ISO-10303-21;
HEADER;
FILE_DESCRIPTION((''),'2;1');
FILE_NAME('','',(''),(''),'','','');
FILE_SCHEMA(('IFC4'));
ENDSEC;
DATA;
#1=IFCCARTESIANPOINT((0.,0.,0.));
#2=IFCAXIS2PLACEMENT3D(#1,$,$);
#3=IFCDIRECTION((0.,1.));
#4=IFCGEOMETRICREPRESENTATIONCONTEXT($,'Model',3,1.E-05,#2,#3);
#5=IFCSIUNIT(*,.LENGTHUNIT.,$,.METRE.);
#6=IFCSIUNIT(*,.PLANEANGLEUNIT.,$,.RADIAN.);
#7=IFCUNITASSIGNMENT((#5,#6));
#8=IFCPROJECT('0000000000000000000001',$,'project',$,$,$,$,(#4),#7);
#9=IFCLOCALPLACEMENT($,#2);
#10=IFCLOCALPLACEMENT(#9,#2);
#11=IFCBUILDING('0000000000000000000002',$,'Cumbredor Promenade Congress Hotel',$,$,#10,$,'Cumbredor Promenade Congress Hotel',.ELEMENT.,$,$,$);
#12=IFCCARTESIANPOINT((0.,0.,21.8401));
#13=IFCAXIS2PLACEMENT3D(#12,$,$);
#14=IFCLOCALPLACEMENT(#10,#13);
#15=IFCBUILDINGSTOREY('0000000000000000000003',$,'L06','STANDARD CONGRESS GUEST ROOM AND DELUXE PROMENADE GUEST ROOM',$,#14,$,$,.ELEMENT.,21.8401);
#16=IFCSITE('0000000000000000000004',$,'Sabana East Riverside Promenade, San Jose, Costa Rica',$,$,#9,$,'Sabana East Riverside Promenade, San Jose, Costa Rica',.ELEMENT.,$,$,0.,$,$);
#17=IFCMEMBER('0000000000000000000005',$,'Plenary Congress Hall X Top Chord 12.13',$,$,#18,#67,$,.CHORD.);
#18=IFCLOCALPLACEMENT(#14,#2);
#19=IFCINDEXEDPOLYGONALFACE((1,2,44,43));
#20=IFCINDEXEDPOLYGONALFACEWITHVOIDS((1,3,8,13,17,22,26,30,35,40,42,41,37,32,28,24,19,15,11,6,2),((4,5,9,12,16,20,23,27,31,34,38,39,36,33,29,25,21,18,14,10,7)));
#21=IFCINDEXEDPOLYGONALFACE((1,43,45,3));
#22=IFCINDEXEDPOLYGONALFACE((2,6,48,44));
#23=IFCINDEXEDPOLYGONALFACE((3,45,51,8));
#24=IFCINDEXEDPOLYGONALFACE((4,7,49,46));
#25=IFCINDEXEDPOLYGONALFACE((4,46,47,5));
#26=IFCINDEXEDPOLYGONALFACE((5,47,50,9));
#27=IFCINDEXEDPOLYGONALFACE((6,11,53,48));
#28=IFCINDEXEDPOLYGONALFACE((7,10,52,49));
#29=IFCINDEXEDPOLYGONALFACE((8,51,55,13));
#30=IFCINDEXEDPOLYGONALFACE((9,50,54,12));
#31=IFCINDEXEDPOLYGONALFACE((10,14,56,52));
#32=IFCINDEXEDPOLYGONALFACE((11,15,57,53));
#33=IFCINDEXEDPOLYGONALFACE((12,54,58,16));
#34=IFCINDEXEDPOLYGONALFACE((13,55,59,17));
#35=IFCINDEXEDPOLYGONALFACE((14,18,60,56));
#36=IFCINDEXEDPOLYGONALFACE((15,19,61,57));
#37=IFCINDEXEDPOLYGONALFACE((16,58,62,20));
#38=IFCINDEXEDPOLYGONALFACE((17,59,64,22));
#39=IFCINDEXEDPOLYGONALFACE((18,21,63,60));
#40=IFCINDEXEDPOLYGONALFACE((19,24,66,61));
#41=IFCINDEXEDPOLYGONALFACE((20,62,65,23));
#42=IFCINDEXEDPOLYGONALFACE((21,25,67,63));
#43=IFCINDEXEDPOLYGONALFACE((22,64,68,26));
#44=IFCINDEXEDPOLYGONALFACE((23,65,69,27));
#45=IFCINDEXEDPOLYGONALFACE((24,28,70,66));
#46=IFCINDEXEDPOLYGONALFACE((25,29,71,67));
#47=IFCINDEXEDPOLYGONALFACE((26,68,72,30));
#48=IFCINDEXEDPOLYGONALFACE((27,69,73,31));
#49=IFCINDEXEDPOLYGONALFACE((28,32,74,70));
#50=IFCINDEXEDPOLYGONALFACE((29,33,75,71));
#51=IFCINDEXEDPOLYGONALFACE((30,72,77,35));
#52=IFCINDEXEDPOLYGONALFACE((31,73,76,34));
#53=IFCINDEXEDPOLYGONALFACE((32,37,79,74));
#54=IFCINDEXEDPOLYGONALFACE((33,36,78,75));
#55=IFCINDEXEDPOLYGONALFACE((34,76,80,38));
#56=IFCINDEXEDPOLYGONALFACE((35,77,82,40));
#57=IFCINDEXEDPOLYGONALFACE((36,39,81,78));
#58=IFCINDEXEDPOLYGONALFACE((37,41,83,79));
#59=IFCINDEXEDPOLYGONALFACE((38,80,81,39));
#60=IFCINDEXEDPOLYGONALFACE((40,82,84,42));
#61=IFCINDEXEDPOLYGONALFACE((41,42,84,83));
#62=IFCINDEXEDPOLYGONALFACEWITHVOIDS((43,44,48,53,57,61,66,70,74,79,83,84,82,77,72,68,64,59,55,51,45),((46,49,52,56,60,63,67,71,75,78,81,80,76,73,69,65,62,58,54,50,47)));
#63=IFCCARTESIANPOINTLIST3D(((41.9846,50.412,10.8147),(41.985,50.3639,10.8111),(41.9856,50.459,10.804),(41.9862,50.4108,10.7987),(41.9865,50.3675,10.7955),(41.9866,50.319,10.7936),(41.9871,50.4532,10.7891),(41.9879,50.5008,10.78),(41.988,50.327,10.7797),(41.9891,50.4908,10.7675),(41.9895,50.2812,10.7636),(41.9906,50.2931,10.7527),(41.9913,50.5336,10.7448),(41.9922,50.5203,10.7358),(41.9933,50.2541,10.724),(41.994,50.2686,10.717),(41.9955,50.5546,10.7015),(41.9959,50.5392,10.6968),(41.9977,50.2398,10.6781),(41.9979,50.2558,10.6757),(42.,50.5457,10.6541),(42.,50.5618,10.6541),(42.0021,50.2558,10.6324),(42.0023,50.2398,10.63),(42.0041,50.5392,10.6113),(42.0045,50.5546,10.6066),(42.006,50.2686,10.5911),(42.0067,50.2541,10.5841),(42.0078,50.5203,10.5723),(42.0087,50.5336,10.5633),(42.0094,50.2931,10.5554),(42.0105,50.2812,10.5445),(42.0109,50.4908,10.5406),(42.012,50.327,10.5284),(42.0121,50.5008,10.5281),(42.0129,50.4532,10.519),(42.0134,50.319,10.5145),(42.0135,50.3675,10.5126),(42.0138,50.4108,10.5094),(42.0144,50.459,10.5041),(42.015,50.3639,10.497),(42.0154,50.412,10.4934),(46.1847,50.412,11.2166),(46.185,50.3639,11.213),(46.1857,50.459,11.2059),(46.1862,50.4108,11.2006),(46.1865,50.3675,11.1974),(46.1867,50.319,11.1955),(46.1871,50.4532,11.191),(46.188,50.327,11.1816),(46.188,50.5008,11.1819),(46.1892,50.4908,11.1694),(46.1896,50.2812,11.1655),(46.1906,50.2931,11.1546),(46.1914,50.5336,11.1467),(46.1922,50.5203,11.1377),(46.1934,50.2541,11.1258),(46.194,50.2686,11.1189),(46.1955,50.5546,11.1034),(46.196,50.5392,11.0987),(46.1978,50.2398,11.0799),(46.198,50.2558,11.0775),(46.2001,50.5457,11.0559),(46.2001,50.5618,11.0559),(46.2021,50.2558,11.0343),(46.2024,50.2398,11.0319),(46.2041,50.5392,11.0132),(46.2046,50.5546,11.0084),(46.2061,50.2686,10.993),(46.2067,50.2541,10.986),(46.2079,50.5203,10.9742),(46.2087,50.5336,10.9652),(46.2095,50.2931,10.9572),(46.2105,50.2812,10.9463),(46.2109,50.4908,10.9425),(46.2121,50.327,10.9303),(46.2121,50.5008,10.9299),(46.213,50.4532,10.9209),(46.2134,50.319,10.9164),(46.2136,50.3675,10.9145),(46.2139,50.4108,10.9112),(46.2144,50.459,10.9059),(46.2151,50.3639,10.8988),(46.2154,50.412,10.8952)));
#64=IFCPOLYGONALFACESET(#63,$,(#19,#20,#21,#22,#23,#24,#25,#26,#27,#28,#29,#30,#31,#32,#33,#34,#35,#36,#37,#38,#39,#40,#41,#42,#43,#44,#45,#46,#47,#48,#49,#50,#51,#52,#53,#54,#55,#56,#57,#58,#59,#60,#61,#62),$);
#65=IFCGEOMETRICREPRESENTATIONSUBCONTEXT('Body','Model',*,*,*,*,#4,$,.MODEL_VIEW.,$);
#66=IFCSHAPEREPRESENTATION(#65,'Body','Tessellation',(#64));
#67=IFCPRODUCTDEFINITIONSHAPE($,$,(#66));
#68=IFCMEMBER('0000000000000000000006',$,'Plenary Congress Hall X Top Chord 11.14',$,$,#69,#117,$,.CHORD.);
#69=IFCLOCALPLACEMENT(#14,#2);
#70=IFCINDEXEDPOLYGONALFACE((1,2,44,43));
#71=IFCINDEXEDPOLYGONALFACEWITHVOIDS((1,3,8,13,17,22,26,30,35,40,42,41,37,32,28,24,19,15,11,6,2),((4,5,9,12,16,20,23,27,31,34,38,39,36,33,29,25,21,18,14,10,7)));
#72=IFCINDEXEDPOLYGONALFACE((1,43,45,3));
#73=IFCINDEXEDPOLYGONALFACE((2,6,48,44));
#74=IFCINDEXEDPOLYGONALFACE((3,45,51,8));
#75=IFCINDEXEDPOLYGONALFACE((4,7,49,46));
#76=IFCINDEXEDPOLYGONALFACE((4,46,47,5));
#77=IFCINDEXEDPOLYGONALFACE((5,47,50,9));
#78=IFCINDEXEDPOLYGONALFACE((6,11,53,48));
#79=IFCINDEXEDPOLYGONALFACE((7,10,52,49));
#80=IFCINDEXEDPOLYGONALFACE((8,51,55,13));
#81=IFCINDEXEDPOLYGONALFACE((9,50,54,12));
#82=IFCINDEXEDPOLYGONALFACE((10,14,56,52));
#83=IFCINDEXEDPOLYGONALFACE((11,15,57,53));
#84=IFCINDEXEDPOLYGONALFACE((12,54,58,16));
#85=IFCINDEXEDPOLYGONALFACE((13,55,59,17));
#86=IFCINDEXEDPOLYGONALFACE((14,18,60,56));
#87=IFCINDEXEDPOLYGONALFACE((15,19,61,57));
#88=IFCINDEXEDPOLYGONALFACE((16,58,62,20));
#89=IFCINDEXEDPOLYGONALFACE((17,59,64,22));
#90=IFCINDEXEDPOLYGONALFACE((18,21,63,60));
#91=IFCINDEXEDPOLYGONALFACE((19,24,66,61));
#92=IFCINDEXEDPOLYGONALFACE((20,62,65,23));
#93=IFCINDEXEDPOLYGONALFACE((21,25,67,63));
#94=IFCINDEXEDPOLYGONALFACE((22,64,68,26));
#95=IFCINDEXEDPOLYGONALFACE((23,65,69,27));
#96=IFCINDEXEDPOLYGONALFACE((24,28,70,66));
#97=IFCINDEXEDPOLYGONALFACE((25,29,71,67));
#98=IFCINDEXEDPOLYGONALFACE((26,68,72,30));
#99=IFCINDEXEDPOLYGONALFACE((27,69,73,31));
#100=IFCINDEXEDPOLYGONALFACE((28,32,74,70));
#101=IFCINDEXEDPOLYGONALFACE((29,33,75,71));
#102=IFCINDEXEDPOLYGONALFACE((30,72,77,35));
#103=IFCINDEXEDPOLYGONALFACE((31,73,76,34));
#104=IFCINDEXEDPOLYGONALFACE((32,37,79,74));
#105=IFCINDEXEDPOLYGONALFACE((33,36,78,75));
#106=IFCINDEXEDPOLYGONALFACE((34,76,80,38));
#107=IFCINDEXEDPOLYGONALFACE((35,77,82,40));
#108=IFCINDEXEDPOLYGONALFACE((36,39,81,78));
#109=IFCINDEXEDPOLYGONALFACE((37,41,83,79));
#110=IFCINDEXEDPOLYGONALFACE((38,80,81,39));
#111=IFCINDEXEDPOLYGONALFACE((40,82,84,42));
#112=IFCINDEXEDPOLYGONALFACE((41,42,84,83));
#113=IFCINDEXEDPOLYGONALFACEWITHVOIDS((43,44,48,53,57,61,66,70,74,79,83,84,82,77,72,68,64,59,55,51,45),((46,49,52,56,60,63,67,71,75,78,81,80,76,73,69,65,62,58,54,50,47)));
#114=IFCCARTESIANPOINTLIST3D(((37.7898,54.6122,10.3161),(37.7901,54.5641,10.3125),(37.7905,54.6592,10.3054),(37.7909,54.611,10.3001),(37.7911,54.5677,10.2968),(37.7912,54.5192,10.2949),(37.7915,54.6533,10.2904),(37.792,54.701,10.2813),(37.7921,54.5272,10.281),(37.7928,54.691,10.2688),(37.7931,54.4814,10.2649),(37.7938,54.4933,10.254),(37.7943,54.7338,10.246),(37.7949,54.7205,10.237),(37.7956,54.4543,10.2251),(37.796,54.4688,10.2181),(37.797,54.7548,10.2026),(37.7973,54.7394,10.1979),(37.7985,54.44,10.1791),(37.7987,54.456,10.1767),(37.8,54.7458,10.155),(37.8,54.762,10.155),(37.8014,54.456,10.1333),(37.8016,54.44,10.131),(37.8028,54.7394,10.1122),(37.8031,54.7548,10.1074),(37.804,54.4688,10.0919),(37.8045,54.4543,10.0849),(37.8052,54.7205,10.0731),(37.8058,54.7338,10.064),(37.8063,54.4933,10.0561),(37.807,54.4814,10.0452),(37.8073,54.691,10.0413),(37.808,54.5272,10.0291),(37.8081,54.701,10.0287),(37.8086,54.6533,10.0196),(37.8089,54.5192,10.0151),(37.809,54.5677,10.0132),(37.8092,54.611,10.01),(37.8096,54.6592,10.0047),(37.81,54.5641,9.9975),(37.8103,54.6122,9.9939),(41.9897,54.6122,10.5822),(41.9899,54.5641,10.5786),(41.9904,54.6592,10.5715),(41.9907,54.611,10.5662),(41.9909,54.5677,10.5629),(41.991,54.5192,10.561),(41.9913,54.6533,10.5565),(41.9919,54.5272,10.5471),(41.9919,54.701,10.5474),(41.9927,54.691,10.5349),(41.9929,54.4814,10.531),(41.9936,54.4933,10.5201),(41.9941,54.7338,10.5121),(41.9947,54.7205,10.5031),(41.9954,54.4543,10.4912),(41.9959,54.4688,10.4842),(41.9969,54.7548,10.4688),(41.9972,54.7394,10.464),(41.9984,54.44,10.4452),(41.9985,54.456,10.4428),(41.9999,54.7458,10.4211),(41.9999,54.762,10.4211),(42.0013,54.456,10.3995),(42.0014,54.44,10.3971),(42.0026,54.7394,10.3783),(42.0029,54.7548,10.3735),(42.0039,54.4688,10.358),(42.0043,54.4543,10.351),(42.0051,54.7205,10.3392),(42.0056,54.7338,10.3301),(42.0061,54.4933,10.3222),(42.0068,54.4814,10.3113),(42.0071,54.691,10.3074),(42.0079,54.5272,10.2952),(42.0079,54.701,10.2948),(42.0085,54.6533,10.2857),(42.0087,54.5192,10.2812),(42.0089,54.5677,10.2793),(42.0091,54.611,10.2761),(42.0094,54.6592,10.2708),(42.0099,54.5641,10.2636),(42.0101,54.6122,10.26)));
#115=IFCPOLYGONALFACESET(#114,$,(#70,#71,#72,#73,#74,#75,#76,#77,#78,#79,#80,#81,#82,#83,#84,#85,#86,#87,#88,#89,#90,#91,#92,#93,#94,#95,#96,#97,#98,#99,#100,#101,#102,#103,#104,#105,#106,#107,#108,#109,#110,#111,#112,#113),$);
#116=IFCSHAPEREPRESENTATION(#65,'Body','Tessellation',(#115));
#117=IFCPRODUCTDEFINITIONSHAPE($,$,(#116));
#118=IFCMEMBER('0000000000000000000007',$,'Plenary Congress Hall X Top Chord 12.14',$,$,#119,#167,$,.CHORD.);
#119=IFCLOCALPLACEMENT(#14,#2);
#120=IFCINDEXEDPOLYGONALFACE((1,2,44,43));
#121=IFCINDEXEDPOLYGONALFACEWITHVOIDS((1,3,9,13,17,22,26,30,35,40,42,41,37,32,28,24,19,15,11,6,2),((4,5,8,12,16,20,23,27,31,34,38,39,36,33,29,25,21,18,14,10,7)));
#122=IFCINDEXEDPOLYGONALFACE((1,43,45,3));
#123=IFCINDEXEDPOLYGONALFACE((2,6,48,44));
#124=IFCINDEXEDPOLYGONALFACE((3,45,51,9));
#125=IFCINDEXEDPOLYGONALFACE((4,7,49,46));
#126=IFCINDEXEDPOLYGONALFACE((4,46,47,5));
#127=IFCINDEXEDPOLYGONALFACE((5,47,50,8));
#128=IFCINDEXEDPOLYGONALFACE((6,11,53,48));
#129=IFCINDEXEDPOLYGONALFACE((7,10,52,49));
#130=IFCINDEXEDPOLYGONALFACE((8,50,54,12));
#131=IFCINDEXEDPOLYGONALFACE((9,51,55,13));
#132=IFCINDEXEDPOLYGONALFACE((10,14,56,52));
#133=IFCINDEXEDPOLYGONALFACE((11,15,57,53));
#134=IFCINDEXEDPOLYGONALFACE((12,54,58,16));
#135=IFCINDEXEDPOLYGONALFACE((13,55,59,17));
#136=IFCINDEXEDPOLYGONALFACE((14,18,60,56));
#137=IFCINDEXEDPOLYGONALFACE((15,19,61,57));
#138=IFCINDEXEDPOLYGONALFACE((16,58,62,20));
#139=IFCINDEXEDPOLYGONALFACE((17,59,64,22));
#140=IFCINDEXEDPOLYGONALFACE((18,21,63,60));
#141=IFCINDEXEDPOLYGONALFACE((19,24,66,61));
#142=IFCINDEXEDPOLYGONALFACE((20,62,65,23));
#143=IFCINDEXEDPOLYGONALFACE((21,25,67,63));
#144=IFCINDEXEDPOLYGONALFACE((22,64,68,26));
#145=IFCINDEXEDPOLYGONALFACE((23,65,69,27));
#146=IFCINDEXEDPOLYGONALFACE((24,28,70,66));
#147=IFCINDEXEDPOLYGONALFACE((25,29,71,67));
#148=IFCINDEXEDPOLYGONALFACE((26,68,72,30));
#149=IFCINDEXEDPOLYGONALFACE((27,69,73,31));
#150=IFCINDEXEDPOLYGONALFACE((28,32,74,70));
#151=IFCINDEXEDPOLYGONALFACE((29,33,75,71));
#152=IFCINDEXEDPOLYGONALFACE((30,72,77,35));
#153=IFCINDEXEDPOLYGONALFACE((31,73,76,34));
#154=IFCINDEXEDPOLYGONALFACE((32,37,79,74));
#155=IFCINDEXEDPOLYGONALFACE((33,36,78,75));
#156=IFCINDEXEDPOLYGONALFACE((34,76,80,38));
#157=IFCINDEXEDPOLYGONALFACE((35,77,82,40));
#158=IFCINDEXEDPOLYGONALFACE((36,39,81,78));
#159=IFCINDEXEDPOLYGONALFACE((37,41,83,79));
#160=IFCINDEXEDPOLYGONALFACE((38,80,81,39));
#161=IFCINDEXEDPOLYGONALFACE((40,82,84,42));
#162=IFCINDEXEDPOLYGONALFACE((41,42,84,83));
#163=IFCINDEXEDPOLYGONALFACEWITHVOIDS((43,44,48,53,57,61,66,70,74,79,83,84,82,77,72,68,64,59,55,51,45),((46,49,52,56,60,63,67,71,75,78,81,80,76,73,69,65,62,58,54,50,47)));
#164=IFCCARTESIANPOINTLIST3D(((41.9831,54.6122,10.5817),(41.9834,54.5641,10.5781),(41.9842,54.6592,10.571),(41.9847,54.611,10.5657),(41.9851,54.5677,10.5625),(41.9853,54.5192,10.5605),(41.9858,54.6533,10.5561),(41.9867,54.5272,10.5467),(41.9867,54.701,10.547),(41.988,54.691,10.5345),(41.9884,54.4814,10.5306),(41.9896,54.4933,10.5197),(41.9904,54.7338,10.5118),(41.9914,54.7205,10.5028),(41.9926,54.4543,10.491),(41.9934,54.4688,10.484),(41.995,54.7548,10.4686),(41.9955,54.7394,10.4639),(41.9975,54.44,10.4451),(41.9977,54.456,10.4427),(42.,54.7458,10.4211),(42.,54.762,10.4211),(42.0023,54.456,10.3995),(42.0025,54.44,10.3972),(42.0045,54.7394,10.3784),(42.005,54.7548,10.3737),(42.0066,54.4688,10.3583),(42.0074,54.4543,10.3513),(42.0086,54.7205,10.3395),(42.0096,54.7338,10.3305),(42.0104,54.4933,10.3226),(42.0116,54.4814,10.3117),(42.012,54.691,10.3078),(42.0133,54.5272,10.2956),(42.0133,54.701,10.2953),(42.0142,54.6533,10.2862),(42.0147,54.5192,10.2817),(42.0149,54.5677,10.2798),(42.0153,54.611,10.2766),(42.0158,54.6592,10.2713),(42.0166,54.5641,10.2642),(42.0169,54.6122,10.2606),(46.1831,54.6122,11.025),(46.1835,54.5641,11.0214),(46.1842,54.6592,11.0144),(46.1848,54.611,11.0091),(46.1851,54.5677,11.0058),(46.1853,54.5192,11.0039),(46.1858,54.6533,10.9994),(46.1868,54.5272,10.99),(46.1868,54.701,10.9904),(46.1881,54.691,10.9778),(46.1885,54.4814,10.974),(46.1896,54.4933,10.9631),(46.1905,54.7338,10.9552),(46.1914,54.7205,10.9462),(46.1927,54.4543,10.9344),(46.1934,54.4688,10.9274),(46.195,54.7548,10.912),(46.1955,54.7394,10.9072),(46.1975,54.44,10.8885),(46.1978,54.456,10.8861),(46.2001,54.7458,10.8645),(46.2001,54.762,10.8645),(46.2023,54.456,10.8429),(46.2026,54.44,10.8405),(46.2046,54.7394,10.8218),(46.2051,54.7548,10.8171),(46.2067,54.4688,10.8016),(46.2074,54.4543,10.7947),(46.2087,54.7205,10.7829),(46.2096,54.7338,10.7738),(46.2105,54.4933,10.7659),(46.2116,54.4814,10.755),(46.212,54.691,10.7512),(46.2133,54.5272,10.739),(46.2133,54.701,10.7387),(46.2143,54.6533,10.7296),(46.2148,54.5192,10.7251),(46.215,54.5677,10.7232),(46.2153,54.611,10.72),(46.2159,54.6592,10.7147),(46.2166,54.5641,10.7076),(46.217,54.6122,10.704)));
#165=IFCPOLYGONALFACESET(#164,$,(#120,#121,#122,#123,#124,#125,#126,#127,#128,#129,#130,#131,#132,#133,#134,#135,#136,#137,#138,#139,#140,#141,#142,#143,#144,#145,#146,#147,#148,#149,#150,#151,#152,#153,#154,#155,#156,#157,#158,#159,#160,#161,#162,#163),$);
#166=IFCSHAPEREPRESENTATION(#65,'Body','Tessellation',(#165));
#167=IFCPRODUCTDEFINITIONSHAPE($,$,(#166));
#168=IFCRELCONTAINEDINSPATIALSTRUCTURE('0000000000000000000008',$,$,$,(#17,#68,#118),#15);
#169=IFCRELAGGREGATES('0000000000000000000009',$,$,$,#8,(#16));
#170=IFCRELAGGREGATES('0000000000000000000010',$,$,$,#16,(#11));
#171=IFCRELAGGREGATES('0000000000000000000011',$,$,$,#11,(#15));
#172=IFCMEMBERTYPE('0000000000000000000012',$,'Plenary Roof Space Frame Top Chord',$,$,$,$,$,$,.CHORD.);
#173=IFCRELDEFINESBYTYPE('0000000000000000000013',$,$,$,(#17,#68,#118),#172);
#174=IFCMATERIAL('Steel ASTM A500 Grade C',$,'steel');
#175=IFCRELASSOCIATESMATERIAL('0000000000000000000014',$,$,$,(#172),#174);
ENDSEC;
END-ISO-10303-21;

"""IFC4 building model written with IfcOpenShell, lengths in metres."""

from ifc_helpers import new_model, si_unit, direction, frame, origin, origin_2d, place, context, subcontext, project, spatial, hollow_circle, extrude, material, material_profile, profile_set, type_object, element, save


model = new_model("IFC4")

# Units and contexts
model_context = context("Model", 3, precision=1e-05, world=origin(), true_north=direction((0.0, 1.0)))
body_context = subcontext(model_context, "Body", "Model", "MODEL_VIEW")
ifc_project = project(units=[si_unit("LENGTHUNIT", "METRE"), si_unit("PLANEANGLEUNIT", "RADIAN")], contexts=[model_context])

# Site, building, storey
site_placement = place(None, origin())
site = spatial("IfcSite", under=ifc_project, at=site_placement, Name="Sabana East Riverside Promenade, San Jose, Costa Rica", LongName="Sabana East Riverside Promenade, San Jose, Costa Rica", CompositionType="ELEMENT", RefElevation=0.0)
building_placement = place(site_placement, origin())
building = spatial("IfcBuilding", under=site, at=building_placement, Name="Cumbredor Promenade Congress Hotel", LongName="Cumbredor Promenade Congress Hotel", CompositionType="ELEMENT")
storey_placement = place(building_placement, frame((0.0, 0.0, 21.8401)))
storey = spatial("IfcBuildingStorey", under=building, at=storey_placement, Name="L06", Description="STANDARD CONGRESS GUEST ROOM AND DELUXE PROMENADE GUEST ROOM", CompositionType="ELEMENT", Elevation=21.8401)

# Members
ifc_material_1 = material(Name="Steel ASTM A500 Grade C", Category="steel")
ifc_material_profile_1 = material_profile(ifc_material_1, hollow_circle(Radius=0.1619, WallThickness=0.0161, at=origin_2d()), Name="CHS 323.9x16")
ifc_profile_set_1 = profile_set([ifc_material_profile_1], Name="Steel ASTM A500 Grade C")
member_type_1 = type_object("IfcMemberType", Name="Plenary Roof Space Frame Top Chord", PredefinedType="CHORD", material=ifc_profile_set_1)
member_1_placement = place(storey_placement, frame((42.0, 50.3999, 10.6541), z_axis=(0.995454, 0.0, 0.095246), x_axis=(0.0, 1.0, 0.0)))
element("IfcMember", 1, at=member_1_placement, inside=storey, type_object=member_type_1, Name="Plenary Congress Hall X Top Chord 12.13", PredefinedType="CHORD", context=body_context, shape_type="SweptSolid", body=[
    extrude(hollow_circle(Radius=0.1619, WallThickness=0.0161, at=origin_2d()), origin(), (0.0, 0.0, 1.0), 4.2192),
])
member_2_placement = place(storey_placement, frame((37.8, 54.6001, 10.155), z_axis=(0.997999, 0.0, 0.063234), x_axis=(0.0, 1.0, 0.0)))
element("IfcMember", 2, at=member_2_placement, inside=storey, type_object=member_type_1, Name="Plenary Congress Hall X Top Chord 11.14", PredefinedType="CHORD", context=body_context, shape_type="SweptSolid", body=[
    extrude(hollow_circle(Radius=0.1619, WallThickness=0.0161, at=origin_2d()), origin(), (0.0, 0.0, 1.0), 4.2083),
])
member_3_placement = place(storey_placement, frame((42.0, 54.6001, 10.4211), z_axis=(0.994474, 0.0, 0.10498), x_axis=(0.0, 1.0, 0.0)))
element("IfcMember", 3, at=member_3_placement, inside=storey, type_object=member_type_1, Name="Plenary Congress Hall X Top Chord 12.14", PredefinedType="CHORD", context=body_context, shape_type="SweptSolid", body=[
    extrude(hollow_circle(Radius=0.1619, WallThickness=0.0161, at=origin_2d()), origin(), (0.0, 0.0, 1.0), 4.2234),
])

save(model, "model.ifc")
